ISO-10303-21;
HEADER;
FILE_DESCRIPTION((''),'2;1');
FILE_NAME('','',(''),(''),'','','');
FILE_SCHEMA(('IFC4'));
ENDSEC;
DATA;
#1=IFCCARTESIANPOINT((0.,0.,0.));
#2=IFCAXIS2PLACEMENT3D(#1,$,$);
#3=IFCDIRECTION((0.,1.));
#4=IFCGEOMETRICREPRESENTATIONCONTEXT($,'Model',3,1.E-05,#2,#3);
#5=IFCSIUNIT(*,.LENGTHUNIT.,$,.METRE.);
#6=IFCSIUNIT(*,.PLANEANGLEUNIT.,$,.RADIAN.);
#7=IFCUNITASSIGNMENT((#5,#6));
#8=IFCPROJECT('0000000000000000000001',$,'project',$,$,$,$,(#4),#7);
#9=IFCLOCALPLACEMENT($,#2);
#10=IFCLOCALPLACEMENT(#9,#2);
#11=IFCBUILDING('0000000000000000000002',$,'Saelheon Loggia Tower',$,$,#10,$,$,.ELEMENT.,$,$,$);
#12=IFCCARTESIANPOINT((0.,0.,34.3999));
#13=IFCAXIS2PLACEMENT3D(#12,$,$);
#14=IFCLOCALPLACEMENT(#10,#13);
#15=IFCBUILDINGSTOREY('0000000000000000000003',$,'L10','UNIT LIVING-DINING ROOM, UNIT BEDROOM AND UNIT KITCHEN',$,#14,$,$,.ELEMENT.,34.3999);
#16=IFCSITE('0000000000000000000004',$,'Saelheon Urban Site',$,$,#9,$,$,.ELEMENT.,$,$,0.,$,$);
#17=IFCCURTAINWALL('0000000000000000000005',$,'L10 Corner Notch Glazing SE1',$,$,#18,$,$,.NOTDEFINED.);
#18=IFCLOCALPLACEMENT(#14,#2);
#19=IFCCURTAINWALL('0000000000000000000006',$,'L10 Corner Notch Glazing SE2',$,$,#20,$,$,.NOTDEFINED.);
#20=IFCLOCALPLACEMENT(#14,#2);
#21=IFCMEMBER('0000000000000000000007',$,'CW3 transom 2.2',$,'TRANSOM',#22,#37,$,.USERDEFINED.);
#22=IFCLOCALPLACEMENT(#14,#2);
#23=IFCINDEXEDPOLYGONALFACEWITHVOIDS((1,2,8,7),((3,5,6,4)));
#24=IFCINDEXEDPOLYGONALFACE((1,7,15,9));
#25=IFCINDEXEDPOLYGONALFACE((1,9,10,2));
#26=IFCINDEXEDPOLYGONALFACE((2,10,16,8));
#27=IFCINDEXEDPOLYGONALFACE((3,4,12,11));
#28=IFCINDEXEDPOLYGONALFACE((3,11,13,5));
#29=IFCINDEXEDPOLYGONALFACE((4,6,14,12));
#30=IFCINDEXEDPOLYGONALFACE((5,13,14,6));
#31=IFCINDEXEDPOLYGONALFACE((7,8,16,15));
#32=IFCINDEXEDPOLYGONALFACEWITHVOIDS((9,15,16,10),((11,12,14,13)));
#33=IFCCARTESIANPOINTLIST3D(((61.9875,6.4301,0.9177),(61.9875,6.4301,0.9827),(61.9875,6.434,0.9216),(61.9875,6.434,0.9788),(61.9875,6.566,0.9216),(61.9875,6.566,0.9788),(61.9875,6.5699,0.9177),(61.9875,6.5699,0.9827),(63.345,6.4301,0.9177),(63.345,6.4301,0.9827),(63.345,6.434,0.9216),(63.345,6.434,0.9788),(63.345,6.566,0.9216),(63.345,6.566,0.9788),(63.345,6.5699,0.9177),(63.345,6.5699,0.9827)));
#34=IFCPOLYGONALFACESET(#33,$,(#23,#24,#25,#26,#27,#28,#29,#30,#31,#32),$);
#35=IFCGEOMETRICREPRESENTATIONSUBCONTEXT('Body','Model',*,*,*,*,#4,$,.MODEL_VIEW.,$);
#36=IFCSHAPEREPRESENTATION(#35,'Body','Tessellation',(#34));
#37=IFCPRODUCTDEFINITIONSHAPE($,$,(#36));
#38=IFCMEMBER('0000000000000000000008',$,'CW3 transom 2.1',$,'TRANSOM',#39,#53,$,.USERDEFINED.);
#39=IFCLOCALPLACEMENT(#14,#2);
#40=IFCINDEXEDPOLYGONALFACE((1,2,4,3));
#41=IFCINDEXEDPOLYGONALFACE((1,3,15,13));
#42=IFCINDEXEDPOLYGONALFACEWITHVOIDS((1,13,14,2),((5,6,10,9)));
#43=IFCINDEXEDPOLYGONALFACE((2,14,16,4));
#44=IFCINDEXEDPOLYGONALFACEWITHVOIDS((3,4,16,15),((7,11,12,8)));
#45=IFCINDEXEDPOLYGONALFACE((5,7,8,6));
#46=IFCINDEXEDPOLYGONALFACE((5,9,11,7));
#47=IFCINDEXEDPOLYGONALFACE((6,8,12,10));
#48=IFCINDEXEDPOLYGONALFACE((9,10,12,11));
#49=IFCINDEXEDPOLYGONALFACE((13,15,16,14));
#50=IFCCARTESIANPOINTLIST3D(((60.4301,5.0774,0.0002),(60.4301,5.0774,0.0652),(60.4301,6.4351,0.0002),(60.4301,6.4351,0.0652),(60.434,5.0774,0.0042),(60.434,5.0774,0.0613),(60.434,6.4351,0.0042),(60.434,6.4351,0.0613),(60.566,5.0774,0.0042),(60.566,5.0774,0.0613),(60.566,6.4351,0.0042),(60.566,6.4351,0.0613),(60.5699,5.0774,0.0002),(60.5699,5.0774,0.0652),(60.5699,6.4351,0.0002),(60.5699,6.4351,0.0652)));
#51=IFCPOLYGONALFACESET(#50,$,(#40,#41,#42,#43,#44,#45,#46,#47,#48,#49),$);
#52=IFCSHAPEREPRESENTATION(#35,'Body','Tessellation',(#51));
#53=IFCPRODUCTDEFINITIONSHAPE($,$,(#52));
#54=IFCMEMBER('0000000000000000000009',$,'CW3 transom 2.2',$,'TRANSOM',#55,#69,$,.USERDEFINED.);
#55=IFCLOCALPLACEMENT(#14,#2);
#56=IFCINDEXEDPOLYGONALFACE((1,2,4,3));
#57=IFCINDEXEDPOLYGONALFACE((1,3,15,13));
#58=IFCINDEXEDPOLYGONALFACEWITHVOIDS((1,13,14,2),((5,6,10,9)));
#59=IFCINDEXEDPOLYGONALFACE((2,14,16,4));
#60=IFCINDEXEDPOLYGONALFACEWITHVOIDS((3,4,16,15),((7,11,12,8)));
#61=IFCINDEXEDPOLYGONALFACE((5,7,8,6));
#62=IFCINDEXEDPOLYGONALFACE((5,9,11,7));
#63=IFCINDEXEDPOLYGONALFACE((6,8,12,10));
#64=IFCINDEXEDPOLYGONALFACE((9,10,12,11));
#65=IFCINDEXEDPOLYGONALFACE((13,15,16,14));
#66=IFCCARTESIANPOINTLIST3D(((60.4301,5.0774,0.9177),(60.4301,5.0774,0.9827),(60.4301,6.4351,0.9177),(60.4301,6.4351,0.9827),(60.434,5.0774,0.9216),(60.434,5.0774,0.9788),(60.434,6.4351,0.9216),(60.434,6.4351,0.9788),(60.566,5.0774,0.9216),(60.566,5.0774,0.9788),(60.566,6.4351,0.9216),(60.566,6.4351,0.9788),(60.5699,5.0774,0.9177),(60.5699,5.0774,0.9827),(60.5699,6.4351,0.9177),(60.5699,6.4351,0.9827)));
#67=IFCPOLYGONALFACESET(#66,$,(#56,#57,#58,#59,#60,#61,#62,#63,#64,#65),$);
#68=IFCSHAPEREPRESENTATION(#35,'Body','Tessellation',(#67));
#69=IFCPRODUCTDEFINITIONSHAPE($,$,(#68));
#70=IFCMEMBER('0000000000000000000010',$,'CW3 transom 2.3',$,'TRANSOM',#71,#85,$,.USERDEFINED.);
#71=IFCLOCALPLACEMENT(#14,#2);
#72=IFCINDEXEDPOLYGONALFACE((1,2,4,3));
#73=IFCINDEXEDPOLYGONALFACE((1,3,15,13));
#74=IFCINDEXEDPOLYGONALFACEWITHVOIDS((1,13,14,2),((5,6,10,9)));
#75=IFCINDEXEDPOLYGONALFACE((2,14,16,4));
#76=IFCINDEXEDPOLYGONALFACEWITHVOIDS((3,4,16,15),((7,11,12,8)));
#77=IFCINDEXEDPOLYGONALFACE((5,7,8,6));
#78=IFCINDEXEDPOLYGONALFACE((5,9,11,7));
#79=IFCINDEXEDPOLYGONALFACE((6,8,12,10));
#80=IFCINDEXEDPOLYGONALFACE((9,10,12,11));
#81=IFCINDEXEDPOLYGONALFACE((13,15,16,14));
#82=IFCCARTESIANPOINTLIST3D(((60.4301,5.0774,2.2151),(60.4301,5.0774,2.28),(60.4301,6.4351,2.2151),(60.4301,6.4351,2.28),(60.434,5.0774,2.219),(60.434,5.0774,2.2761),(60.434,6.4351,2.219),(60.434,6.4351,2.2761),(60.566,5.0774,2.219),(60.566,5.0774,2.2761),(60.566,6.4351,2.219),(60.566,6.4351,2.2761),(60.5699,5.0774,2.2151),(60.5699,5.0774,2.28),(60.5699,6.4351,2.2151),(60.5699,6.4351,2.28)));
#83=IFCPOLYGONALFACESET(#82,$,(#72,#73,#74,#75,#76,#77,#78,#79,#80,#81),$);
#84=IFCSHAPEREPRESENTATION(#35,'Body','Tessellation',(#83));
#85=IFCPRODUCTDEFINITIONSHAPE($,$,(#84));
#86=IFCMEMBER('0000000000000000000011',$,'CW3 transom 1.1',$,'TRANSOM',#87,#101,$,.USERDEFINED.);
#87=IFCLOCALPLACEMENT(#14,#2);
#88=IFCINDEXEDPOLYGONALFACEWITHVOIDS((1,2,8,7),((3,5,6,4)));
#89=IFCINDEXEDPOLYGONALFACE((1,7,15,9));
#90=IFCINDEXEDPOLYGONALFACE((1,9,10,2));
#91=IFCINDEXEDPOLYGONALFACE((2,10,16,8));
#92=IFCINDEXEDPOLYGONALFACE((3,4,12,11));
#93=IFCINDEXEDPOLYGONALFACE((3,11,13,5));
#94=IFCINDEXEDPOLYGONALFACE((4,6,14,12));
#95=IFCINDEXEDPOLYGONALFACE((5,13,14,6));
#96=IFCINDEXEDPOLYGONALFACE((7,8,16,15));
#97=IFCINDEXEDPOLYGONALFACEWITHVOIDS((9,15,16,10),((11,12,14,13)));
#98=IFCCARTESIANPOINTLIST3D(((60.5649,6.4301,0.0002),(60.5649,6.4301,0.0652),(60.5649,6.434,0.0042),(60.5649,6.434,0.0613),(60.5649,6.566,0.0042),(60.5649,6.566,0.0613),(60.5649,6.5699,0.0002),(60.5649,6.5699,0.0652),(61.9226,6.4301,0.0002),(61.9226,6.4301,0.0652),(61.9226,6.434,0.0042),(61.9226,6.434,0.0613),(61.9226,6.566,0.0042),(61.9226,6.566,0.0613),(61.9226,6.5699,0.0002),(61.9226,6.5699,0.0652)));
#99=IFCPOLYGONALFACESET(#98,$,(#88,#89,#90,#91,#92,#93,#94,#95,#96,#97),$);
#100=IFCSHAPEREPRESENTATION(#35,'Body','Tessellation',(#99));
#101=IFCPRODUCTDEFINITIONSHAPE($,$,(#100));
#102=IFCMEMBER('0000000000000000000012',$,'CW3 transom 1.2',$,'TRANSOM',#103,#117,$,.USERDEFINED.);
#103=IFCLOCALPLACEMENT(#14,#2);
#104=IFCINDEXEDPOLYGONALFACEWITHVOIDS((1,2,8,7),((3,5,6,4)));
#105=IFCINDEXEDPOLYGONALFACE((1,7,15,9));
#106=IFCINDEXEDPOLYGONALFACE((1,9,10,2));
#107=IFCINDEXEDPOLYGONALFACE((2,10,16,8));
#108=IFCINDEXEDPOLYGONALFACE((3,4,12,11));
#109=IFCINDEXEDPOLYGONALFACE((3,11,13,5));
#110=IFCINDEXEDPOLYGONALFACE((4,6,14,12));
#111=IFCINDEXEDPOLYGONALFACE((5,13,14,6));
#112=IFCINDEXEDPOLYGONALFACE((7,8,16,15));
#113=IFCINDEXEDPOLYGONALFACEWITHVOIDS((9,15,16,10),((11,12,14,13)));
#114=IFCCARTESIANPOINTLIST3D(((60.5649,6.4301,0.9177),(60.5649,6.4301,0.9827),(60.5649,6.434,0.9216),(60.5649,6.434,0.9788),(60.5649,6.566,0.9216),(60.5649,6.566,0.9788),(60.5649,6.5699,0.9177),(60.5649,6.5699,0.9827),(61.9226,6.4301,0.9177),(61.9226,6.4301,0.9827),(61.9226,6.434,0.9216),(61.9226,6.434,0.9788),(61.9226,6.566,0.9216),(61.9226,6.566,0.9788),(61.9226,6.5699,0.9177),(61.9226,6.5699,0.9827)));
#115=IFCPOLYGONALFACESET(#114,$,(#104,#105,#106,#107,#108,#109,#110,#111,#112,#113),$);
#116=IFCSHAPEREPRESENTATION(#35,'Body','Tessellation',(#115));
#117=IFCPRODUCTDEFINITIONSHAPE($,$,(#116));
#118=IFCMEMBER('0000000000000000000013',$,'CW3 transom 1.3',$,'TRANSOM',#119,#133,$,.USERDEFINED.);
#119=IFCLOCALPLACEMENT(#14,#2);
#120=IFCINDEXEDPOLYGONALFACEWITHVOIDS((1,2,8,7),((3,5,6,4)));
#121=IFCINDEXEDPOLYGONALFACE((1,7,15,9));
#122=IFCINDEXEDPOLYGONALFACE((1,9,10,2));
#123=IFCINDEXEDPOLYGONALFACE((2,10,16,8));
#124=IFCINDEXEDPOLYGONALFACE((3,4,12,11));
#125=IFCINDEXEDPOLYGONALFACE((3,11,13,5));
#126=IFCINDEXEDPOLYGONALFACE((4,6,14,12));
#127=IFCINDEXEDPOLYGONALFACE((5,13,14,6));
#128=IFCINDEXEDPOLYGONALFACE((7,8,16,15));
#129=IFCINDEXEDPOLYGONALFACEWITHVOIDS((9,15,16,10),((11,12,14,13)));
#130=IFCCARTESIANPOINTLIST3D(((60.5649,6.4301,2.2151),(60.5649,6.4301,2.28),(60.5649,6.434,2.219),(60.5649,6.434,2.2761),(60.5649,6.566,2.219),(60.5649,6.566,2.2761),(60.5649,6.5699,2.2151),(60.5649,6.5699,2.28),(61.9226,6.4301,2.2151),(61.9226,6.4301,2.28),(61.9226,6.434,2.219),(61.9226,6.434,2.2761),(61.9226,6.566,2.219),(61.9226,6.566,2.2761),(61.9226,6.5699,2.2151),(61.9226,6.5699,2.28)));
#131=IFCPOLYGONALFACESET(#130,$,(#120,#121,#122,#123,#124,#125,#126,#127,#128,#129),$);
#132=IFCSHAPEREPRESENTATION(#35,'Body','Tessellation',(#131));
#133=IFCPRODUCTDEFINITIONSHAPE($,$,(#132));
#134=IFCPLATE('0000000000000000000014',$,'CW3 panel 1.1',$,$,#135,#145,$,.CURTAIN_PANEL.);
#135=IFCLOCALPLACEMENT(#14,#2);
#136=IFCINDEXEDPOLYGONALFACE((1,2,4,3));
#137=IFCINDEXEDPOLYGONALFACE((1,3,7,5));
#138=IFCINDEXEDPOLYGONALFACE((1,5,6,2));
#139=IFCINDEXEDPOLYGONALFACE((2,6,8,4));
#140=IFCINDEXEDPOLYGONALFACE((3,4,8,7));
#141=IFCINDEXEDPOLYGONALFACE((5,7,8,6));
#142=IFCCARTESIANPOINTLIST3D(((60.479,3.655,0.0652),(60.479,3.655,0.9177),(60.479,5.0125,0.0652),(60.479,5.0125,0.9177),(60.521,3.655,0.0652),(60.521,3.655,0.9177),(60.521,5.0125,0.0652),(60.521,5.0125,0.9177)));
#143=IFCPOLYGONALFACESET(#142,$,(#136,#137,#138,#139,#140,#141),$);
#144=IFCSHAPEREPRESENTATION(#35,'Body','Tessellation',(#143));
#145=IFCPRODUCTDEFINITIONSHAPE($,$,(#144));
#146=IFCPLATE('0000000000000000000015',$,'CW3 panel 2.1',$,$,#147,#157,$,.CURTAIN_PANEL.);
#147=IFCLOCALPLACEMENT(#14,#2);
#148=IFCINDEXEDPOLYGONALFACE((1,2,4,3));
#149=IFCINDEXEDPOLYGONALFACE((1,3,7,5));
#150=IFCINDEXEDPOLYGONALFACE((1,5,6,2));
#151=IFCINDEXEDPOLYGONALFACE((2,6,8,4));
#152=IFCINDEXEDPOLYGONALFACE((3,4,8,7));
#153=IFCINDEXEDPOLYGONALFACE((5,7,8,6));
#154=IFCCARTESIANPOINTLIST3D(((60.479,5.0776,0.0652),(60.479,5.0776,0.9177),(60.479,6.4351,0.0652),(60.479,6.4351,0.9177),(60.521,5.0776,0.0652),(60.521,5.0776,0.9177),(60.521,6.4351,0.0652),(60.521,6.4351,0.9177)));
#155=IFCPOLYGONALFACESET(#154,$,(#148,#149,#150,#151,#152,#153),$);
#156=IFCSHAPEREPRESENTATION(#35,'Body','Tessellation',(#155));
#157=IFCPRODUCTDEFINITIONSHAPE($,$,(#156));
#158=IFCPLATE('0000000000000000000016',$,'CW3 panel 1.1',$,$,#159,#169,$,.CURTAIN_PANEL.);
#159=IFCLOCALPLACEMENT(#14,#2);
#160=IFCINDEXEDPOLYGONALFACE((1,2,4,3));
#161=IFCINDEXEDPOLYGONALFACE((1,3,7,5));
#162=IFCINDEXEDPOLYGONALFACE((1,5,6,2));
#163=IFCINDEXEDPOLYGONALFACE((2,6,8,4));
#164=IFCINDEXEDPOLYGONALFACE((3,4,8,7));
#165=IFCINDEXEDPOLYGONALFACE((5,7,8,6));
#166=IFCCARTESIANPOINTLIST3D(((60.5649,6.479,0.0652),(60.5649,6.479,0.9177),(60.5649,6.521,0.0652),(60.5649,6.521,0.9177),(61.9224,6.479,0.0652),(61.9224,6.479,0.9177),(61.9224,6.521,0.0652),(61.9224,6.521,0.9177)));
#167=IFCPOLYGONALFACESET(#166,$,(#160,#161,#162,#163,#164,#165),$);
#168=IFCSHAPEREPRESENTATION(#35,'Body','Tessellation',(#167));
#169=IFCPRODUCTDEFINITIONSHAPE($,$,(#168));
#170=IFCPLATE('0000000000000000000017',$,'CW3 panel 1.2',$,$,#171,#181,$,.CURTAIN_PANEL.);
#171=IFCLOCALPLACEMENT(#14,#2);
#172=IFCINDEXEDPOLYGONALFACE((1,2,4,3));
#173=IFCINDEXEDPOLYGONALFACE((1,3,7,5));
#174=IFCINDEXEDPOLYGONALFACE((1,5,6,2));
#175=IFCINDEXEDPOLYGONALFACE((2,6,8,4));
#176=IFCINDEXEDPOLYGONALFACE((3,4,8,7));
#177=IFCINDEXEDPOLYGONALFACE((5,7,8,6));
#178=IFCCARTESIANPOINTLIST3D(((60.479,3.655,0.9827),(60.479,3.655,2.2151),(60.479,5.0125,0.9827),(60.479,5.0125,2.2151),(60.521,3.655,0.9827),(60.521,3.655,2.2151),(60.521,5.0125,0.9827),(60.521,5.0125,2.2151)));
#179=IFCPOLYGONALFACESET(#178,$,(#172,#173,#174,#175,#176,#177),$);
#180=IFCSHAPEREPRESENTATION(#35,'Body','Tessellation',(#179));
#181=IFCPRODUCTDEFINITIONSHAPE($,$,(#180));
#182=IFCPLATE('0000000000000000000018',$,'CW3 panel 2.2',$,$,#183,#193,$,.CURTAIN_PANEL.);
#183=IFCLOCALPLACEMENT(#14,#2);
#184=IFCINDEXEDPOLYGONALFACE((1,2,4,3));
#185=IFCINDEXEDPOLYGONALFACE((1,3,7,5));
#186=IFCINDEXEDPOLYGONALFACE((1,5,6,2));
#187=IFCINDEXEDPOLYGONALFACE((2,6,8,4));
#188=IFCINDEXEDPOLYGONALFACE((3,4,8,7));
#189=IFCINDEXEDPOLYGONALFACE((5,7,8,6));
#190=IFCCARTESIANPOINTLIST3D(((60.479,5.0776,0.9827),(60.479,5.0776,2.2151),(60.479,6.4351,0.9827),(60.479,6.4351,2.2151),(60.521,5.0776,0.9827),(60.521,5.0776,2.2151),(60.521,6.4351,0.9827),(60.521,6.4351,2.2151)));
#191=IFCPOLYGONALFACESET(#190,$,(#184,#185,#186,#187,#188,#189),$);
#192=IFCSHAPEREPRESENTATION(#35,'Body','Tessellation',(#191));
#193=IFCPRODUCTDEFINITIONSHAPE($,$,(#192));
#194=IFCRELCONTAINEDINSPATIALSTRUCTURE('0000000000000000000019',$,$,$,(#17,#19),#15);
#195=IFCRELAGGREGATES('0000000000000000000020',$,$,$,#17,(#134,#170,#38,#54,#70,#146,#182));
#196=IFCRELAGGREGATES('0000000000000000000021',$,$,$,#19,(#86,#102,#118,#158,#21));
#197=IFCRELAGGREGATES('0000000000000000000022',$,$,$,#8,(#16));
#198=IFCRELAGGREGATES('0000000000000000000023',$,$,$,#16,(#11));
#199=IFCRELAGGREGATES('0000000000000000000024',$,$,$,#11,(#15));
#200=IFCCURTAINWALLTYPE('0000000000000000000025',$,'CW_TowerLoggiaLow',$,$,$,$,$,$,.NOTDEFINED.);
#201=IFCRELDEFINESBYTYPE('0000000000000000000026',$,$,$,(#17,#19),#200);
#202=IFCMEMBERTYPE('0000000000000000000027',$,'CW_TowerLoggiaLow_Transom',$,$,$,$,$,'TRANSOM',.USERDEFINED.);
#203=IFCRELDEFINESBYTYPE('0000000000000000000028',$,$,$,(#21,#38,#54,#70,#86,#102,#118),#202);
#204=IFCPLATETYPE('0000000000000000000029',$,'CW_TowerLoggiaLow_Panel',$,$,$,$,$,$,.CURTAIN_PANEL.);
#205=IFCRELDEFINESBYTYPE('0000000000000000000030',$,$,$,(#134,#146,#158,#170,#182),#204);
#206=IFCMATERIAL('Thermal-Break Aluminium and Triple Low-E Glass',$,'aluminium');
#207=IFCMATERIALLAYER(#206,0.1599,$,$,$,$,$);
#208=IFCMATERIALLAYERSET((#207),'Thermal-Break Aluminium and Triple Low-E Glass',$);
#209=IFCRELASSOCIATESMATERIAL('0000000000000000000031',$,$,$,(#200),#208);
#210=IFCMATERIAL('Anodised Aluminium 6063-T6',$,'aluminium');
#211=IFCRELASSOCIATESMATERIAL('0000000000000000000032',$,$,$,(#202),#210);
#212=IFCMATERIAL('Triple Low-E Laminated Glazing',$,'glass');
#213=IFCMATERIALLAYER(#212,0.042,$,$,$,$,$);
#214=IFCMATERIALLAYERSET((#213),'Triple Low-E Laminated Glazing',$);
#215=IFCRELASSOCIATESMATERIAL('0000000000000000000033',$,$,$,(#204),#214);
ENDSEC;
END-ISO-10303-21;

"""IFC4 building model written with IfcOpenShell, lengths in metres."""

from ifc_helpers import new_model, si_unit, direction, frame, origin, origin_2d, place, context, subcontext, project, spatial, rectangle, hollow_rectangle, extrude, source, transform, mapped, material, layer, layer_set, material_profile, profile_set, type_object, element, aggregate, save


model = new_model("IFC4")

# Units and contexts
model_context = context("Model", 3, precision=1e-05, world=origin(), true_north=direction((0.0, 1.0)))
body_context = subcontext(model_context, "Body", "Model", "MODEL_VIEW")
ifc_project = project(units=[si_unit("LENGTHUNIT", "METRE"), si_unit("PLANEANGLEUNIT", "RADIAN")], contexts=[model_context])

# Site, building, storey
site_placement = place(None, origin())
site = spatial("IfcSite", under=ifc_project, at=site_placement, Name="Saelheon Urban Site", CompositionType="ELEMENT", RefElevation=0.0)
building_placement = place(site_placement, origin())
building = spatial("IfcBuilding", under=site, at=building_placement, Name="Saelheon Loggia Tower", CompositionType="ELEMENT")
storey_placement = place(building_placement, frame((0.0, 0.0, 34.3999)))
storey = spatial("IfcBuildingStorey", under=building, at=storey_placement, Name="L10", Description="UNIT LIVING-DINING ROOM, UNIT BEDROOM AND UNIT KITCHEN", CompositionType="ELEMENT", Elevation=34.3999)

# Curtain walls
ifc_material_1 = material(Name="Thermal-Break Aluminium and Triple Low-E Glass", Category="aluminium")
ifc_layer_1 = layer(ifc_material_1, 0.1599)
ifc_layer_set_1 = layer_set([ifc_layer_1], Name="Thermal-Break Aluminium and Triple Low-E Glass")
curtain_wall_type = type_object("IfcCurtainWallType", Name="CW_TowerLoggiaLow", PredefinedType="NOTDEFINED", material=ifc_layer_set_1)
curtain_wall_1_placement = place(storey_placement, origin())
curtain_wall_1 = element("IfcCurtainWall", 1, at=curtain_wall_1_placement, inside=storey, type_object=curtain_wall_type, Name="L10 Corner Notch Glazing SE1", PredefinedType="NOTDEFINED")
ifc_material_2 = material(Name="Anodised Aluminium 6063-T6", Category="aluminium")
curtain_wall_2_placement = place(storey_placement, origin())
curtain_wall_2 = element("IfcCurtainWall", 2, at=curtain_wall_2_placement, inside=storey, type_object=curtain_wall_type, Name="L10 Corner Notch Glazing SE2", PredefinedType="NOTDEFINED")

# Members
ifc_material_profile_1 = material_profile(ifc_material_2, hollow_rectangle(XDim=0.0649, YDim=0.1399, WallThickness=0.0039, at=origin_2d()), Name="RHS-140x65x4")
ifc_profile_set_1 = profile_set([ifc_material_profile_1], Name="Anodised Aluminium 6063-T6")
member_type_1 = type_object("IfcMemberType", Name="CW_TowerLoggiaLow_Transom", ElementType="TRANSOM", PredefinedType="USERDEFINED", material=ifc_profile_set_1)
shared_shape_1 = source(origin(), body_context, "Body", "SweptSolid", [
    extrude(hollow_rectangle(XDim=0.0649, YDim=0.1399, WallThickness=0.0039, at=origin_2d()), origin(), (0.0, 0.0, 1.0), 1.3574),
])
member_1_placement = place(storey_placement, frame((61.9875, 6.5, 0.9502), z_axis=(1.0, 0.0, 0.0), x_axis=(0.0, 0.0, 1.0)))
member_1 = element("IfcMember", 3, at=member_1_placement, type_object=member_type_1, Name="CW3 transom 2.2", ObjectType="TRANSOM", PredefinedType="USERDEFINED", context=body_context, shape_type="MappedRepresentation", body=[
    mapped(shared_shape_1, transform((0.0, 0.0, 0.0), scale=1.0)),
])
shared_shape_2 = source(origin(), body_context, "Body", "SweptSolid", [
    extrude(hollow_rectangle(XDim=0.0649, YDim=0.1399, WallThickness=0.0039, at=origin_2d()), origin(), (0.0, 0.0, 1.0), 1.3577),
])
member_2_placement = place(storey_placement, frame((60.5, 5.0774, 0.0327), z_axis=(0.0, 1.0, 0.0), x_axis=(0.0, 0.0, 1.0)))
member_2 = element("IfcMember", 4, at=member_2_placement, type_object=member_type_1, Name="CW3 transom 2.1", ObjectType="TRANSOM", PredefinedType="USERDEFINED", context=body_context, shape_type="MappedRepresentation", body=[
    mapped(shared_shape_2, transform((0.0, 0.0, 0.0), scale=1.0)),
])
member_3_placement = place(storey_placement, frame((60.5, 5.0774, 0.9502), z_axis=(0.0, 1.0, 0.0), x_axis=(0.0, 0.0, 1.0)))
member_3 = element("IfcMember", 5, at=member_3_placement, type_object=member_type_1, Name="CW3 transom 2.2", ObjectType="TRANSOM", PredefinedType="USERDEFINED", context=body_context, shape_type="MappedRepresentation", body=[
    mapped(shared_shape_2, transform((0.0, 0.0, 0.0), scale=1.0)),
])
member_4_placement = place(storey_placement, frame((60.5, 5.0774, 2.2476), z_axis=(0.0, 1.0, 0.0), x_axis=(0.0, 0.0, 1.0)))
member_4 = element("IfcMember", 6, at=member_4_placement, type_object=member_type_1, Name="CW3 transom 2.3", ObjectType="TRANSOM", PredefinedType="USERDEFINED", context=body_context, shape_type="MappedRepresentation", body=[
    mapped(shared_shape_2, transform((0.0, 0.0, 0.0), scale=1.0)),
])
member_5_placement = place(storey_placement, frame((60.5649, 6.5, 0.0327), z_axis=(1.0, 0.0, 0.0), x_axis=(0.0, 0.0, 1.0)))
member_5 = element("IfcMember", 7, at=member_5_placement, type_object=member_type_1, Name="CW3 transom 1.1", ObjectType="TRANSOM", PredefinedType="USERDEFINED", context=body_context, shape_type="MappedRepresentation", body=[
    mapped(shared_shape_2, transform((0.0, 0.0, 0.0), scale=1.0)),
])
member_6_placement = place(storey_placement, frame((60.5649, 6.5, 0.9502), z_axis=(1.0, 0.0, 0.0), x_axis=(0.0, 0.0, 1.0)))
member_6 = element("IfcMember", 8, at=member_6_placement, type_object=member_type_1, Name="CW3 transom 1.2", ObjectType="TRANSOM", PredefinedType="USERDEFINED", context=body_context, shape_type="MappedRepresentation", body=[
    mapped(shared_shape_2, transform((0.0, 0.0, 0.0), scale=1.0)),
])
member_7_placement = place(storey_placement, frame((60.5649, 6.5, 2.2476), z_axis=(1.0, 0.0, 0.0), x_axis=(0.0, 0.0, 1.0)))
member_7 = element("IfcMember", 9, at=member_7_placement, type_object=member_type_1, Name="CW3 transom 1.3", ObjectType="TRANSOM", PredefinedType="USERDEFINED", context=body_context, shape_type="MappedRepresentation", body=[
    mapped(shared_shape_2, transform((0.0, 0.0, 0.0), scale=1.0)),
])

# Plates
ifc_material_3 = material(Name="Triple Low-E Laminated Glazing", Category="glass")
ifc_layer_2 = layer(ifc_material_3, 0.042)
ifc_layer_set_2 = layer_set([ifc_layer_2], Name="Triple Low-E Laminated Glazing")
plate_type = type_object("IfcPlateType", Name="CW_TowerLoggiaLow_Panel", PredefinedType="CURTAIN_PANEL", material=ifc_layer_set_2)
shared_shape_3 = source(origin(), body_context, "Body", "SweptSolid", [
    extrude(rectangle(XDim=1.3574, YDim=0.042, at=origin_2d()), origin(), (0.0, 0.0, 1.0), 0.8525),
])
plate_1_placement = place(storey_placement, frame((60.5, 4.3337, 0.0652), z_axis=(0.0, 0.0, 1.0), x_axis=(0.0, 1.0, 0.0)))
plate_1 = element("IfcPlate", 10, at=plate_1_placement, type_object=plate_type, Name="CW3 panel 1.1", PredefinedType="CURTAIN_PANEL", context=body_context, shape_type="MappedRepresentation", body=[
    mapped(shared_shape_3, transform((0.0, 0.0, 0.0), scale=1.0)),
])
plate_2_placement = place(storey_placement, frame((60.5, 5.7563, 0.0652), z_axis=(0.0, 0.0, 1.0), x_axis=(0.0, 1.0, 0.0)))
plate_2 = element("IfcPlate", 11, at=plate_2_placement, type_object=plate_type, Name="CW3 panel 2.1", PredefinedType="CURTAIN_PANEL", context=body_context, shape_type="MappedRepresentation", body=[
    mapped(shared_shape_3, transform((0.0, 0.0, 0.0), scale=1.0)),
])
plate_3_placement = place(storey_placement, frame((61.2437, 6.5, 0.0652), z_axis=(0.0, 0.0, 1.0), x_axis=(1.0, 0.0, 0.0)))
plate_3 = element("IfcPlate", 12, at=plate_3_placement, type_object=plate_type, Name="CW3 panel 1.1", PredefinedType="CURTAIN_PANEL", context=body_context, shape_type="MappedRepresentation", body=[
    mapped(shared_shape_3, transform((0.0, 0.0, 0.0), scale=1.0)),
])
shared_shape_4 = source(origin(), body_context, "Body", "SweptSolid", [
    extrude(rectangle(XDim=1.3574, YDim=0.042, at=origin_2d()), origin(), (0.0, 0.0, 1.0), 1.2324),
])
plate_4_placement = place(storey_placement, frame((60.5, 4.3337, 0.9827), z_axis=(0.0, 0.0, 1.0), x_axis=(0.0, 1.0, 0.0)))
plate_4 = element("IfcPlate", 13, at=plate_4_placement, type_object=plate_type, Name="CW3 panel 1.2", PredefinedType="CURTAIN_PANEL", context=body_context, shape_type="MappedRepresentation", body=[
    mapped(shared_shape_4, transform((0.0, 0.0, 0.0), scale=1.0)),
])
plate_5_placement = place(storey_placement, frame((60.5, 5.7563, 0.9827), z_axis=(0.0, 0.0, 1.0), x_axis=(0.0, 1.0, 0.0)))
plate_5 = element("IfcPlate", 14, at=plate_5_placement, type_object=plate_type, Name="CW3 panel 2.2", PredefinedType="CURTAIN_PANEL", context=body_context, shape_type="MappedRepresentation", body=[
    mapped(shared_shape_4, transform((0.0, 0.0, 0.0), scale=1.0)),
])
aggregate(curtain_wall_1, [plate_1, plate_4, member_2, member_3, member_4, plate_2, plate_5])
aggregate(curtain_wall_2, [member_5, member_6, member_7, plate_3, member_1])

save(model, "model.ifc")
